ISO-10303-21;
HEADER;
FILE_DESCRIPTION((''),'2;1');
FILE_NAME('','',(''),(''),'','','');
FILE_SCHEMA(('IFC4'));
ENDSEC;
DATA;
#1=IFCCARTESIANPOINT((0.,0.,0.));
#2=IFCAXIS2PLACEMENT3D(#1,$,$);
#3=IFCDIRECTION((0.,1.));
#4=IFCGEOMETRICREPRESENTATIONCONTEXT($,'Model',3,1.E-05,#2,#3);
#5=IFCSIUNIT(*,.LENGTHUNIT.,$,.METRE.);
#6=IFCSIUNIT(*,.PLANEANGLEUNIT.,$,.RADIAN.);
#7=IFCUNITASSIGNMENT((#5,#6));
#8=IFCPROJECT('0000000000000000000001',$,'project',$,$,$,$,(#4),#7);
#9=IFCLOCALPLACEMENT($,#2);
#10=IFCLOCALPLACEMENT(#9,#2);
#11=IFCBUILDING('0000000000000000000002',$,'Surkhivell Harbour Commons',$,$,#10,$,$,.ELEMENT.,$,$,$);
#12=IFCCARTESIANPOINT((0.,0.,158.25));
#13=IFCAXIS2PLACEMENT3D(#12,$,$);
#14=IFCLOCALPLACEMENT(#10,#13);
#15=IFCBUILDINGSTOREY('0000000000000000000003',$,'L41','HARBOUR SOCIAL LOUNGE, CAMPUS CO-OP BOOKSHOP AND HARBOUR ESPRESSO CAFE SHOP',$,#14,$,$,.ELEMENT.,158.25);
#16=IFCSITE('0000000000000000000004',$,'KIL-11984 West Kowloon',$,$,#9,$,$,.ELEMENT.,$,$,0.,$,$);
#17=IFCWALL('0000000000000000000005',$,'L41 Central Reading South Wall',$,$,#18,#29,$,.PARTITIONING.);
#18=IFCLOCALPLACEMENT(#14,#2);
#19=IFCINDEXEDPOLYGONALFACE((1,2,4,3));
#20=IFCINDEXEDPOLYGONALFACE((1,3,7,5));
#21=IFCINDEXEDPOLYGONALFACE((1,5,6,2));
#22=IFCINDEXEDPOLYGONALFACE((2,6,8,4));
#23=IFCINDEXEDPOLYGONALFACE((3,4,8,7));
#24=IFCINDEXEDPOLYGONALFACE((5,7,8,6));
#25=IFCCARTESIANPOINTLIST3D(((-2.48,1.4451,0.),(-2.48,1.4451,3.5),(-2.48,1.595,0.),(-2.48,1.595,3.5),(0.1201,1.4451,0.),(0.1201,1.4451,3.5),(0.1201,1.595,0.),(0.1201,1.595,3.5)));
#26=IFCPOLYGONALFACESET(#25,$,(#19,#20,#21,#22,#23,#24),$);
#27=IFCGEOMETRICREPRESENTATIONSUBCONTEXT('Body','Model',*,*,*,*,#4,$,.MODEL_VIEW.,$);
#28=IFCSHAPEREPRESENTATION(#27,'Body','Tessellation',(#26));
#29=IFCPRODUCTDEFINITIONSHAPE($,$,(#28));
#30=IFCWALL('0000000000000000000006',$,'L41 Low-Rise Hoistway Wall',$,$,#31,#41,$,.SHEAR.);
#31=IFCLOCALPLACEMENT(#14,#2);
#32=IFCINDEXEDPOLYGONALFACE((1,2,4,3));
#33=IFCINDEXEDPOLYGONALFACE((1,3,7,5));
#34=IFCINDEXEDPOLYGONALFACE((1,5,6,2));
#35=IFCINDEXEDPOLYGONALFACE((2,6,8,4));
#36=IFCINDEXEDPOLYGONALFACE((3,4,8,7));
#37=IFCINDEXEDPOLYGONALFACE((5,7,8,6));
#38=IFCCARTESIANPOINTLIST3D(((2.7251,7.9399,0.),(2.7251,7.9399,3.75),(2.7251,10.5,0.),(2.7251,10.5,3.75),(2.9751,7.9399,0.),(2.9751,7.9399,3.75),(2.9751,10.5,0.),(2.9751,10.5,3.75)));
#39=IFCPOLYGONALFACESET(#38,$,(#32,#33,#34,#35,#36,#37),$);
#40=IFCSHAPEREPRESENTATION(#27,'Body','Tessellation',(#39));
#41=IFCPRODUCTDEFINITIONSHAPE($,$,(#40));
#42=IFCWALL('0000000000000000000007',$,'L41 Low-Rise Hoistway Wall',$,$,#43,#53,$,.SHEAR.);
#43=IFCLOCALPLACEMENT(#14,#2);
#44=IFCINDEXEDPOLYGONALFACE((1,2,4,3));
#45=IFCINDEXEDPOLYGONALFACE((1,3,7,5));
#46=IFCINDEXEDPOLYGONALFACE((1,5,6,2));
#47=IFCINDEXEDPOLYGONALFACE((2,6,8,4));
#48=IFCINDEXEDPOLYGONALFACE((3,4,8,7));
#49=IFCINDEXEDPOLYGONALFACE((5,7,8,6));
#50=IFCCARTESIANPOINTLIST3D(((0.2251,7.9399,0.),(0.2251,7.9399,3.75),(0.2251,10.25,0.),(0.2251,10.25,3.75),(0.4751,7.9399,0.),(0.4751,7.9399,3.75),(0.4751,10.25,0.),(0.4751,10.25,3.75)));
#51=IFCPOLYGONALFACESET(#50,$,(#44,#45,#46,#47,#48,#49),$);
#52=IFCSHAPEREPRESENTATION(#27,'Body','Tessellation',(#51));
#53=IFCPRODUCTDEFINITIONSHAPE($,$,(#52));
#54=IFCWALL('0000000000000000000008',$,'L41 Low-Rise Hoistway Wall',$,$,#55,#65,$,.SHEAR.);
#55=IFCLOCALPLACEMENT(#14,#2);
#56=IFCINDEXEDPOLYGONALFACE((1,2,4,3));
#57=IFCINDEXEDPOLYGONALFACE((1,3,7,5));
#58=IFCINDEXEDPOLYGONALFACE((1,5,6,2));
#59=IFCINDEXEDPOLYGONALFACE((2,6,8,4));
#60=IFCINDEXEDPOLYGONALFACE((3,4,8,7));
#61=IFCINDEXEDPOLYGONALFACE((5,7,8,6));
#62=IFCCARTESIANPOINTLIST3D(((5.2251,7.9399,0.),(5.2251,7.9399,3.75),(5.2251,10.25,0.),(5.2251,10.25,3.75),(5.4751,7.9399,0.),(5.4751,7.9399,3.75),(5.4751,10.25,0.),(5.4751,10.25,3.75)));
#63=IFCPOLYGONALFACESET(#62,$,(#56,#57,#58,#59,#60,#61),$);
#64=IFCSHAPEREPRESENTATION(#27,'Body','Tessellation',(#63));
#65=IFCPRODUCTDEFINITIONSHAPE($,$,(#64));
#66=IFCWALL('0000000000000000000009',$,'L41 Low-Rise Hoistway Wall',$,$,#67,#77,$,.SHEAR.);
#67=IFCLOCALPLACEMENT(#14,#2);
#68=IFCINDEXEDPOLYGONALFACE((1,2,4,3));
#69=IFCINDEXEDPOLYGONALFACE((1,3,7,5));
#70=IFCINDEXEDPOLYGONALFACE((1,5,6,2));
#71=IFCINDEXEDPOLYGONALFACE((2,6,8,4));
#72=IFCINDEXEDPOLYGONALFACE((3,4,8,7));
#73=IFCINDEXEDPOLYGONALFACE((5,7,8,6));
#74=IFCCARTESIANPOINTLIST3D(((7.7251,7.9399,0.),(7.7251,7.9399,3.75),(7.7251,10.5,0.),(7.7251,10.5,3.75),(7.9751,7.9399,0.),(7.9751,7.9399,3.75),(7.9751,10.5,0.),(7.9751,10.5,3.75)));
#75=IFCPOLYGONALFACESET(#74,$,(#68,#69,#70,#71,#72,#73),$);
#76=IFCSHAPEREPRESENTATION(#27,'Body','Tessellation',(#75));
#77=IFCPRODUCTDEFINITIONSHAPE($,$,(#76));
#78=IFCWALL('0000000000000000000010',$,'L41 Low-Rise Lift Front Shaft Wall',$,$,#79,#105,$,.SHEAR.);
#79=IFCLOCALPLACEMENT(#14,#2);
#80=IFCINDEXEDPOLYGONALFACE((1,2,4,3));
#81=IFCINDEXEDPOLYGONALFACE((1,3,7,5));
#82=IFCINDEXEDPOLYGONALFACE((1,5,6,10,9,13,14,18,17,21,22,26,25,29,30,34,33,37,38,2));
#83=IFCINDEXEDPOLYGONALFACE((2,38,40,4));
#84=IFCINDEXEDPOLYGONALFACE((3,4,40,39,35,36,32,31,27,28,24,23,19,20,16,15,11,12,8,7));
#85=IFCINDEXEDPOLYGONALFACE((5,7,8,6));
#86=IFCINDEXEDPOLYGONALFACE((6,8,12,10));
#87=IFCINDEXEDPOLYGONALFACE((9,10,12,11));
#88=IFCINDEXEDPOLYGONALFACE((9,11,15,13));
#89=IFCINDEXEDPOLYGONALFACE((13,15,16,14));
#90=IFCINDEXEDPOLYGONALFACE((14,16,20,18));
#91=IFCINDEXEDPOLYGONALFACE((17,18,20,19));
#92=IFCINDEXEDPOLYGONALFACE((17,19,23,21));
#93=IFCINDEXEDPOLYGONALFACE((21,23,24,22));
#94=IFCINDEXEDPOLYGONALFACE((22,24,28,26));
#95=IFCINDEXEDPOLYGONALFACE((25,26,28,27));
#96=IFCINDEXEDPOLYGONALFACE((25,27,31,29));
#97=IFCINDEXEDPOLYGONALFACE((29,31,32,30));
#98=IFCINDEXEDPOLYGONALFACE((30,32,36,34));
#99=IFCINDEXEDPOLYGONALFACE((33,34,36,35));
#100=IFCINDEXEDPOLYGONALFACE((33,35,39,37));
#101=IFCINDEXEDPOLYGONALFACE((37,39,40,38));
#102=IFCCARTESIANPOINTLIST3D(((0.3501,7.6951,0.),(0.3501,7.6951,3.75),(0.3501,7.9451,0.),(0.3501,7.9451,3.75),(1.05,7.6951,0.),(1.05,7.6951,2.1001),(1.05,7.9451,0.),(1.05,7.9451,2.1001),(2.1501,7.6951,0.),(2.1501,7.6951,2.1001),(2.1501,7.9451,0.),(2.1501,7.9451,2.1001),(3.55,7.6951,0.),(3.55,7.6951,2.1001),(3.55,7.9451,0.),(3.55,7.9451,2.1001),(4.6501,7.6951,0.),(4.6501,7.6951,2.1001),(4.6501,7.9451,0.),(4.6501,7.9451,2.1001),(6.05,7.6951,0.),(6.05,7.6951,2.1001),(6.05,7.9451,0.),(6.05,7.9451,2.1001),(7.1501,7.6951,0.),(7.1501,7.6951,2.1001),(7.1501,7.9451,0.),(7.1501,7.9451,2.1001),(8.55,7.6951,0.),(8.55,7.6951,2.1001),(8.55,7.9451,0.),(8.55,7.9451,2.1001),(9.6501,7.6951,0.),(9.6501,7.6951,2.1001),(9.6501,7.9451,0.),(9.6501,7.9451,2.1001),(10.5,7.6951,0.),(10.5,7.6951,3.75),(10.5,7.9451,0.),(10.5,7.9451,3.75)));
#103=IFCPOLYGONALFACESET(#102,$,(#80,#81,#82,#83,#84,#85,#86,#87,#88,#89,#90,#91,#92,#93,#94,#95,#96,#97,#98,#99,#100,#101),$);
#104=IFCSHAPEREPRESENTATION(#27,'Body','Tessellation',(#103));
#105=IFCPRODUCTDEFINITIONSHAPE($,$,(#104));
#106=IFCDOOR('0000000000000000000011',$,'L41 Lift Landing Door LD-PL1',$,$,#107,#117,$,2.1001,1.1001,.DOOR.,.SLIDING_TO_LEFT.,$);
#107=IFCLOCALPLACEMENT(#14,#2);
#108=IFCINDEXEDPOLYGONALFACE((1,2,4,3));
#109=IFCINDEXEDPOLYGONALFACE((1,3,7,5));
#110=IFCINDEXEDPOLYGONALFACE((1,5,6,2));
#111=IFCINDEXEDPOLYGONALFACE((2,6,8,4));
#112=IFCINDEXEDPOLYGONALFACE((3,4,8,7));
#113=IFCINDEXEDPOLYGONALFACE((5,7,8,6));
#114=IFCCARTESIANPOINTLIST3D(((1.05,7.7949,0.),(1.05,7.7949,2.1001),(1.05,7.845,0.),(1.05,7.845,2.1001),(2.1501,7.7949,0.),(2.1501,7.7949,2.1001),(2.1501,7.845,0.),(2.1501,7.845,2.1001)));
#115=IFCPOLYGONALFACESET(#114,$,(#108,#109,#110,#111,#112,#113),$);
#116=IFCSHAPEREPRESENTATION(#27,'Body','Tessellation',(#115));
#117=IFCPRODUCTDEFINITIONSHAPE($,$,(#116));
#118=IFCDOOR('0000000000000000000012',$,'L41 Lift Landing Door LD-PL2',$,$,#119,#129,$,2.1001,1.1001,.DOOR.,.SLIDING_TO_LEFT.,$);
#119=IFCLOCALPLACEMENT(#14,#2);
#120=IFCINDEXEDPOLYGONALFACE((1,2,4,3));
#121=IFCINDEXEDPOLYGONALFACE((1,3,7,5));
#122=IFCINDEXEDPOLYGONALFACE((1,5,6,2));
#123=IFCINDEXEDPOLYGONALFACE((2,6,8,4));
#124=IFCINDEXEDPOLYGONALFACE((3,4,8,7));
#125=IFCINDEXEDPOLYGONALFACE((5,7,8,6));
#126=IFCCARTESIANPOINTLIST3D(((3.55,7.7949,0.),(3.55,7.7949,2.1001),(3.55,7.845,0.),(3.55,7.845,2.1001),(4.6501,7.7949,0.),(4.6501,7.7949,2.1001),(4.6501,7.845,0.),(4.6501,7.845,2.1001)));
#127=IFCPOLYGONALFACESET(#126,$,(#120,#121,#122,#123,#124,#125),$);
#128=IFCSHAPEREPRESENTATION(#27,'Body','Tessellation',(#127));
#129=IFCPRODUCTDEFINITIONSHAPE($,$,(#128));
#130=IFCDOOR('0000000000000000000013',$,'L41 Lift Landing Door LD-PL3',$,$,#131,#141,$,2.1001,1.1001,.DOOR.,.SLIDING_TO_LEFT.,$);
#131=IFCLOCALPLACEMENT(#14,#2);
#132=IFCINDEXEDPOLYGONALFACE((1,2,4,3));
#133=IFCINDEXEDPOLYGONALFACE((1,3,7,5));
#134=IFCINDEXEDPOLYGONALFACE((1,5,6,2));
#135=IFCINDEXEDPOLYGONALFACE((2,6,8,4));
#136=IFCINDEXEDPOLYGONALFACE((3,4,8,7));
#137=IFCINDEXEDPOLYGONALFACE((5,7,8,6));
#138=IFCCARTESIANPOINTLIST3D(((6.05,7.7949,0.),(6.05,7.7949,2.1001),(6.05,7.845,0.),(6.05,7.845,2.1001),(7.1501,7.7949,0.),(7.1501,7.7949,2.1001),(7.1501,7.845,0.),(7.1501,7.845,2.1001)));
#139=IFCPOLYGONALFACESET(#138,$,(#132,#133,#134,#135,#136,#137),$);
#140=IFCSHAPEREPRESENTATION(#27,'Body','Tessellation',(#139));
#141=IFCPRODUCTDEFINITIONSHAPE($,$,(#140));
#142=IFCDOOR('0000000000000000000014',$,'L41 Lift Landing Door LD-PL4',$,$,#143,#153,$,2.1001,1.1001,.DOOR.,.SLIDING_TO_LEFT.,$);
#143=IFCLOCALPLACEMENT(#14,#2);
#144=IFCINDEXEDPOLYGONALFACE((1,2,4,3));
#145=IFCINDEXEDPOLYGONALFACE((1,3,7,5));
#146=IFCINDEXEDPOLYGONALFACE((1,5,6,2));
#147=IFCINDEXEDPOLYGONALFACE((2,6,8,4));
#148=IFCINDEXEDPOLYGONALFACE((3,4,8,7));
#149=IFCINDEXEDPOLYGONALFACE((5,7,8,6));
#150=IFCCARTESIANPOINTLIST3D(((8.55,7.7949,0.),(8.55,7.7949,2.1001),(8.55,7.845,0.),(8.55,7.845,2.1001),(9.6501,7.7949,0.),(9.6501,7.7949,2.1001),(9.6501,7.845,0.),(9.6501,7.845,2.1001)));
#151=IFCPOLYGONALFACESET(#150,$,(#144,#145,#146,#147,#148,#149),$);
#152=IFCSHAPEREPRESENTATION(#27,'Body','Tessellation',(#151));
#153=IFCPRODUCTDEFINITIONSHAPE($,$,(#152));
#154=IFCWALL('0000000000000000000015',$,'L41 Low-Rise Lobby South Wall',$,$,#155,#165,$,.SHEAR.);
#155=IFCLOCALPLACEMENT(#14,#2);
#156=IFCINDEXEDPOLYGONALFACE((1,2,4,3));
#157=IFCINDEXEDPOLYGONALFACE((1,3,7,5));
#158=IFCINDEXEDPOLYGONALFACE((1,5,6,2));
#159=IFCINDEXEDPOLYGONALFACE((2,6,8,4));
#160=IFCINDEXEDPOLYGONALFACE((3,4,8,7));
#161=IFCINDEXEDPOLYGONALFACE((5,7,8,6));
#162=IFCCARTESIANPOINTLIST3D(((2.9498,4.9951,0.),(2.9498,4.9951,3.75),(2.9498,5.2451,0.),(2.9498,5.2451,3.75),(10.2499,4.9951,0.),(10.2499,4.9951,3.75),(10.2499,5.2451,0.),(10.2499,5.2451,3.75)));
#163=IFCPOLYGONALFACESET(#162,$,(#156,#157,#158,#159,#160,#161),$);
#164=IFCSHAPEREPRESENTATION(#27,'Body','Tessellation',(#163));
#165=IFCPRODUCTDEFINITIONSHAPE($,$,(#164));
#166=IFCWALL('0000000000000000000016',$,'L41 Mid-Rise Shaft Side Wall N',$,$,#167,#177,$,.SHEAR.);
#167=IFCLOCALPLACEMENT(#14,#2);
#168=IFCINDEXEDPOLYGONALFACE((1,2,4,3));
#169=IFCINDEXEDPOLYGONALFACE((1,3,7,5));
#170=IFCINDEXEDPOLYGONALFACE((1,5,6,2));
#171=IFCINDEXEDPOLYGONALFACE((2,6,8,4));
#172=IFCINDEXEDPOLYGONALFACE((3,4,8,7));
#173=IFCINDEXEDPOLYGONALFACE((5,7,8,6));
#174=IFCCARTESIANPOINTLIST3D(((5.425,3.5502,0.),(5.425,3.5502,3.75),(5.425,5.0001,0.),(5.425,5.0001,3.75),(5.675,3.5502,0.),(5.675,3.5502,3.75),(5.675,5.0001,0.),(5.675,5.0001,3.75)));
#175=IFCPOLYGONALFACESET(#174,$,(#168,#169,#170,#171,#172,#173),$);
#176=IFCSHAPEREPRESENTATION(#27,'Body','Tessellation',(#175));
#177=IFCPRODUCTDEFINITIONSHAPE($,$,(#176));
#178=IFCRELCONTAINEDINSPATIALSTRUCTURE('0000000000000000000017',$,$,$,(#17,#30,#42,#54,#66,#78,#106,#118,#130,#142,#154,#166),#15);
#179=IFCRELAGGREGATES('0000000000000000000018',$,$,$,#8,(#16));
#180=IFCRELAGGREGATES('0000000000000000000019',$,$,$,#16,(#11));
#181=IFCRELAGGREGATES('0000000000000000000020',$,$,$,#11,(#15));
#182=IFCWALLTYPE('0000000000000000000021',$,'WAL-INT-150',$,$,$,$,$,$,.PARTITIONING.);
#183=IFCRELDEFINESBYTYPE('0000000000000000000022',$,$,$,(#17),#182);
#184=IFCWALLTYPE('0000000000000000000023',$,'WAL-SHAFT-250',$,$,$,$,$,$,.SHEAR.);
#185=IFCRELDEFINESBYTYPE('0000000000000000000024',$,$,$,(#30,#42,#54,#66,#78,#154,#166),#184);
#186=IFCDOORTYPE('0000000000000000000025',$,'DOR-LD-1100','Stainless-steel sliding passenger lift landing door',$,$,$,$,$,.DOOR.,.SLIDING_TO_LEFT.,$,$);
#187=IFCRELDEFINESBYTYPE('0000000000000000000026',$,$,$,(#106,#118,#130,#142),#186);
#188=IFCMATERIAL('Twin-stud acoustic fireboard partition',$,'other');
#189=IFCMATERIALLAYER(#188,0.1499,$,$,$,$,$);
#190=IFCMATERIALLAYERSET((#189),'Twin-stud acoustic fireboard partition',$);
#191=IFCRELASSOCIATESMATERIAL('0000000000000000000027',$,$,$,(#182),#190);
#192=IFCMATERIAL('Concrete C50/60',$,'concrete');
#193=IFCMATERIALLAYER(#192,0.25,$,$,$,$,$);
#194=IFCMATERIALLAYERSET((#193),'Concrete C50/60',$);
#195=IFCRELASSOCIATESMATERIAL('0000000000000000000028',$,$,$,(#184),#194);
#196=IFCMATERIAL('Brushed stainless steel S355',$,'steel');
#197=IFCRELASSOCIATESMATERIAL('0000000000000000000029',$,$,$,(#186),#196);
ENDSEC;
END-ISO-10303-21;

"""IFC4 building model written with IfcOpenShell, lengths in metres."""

from ifc_helpers import new_model, si_unit, direction, frame, frame_2d, origin, place, context, subcontext, project, spatial, rectangle, extrude, material, layer, layer_set, type_object, element, fill, save


model = new_model("IFC4")

# Units and contexts
model_context = context("Model", 3, precision=1e-05, world=origin(), true_north=direction((0.0, 1.0)))
body_context = subcontext(model_context, "Body", "Model", "MODEL_VIEW")
ifc_project = project(units=[si_unit("LENGTHUNIT", "METRE"), si_unit("PLANEANGLEUNIT", "RADIAN")], contexts=[model_context])

# Site, building, storey
site_placement = place(None, origin())
site = spatial("IfcSite", under=ifc_project, at=site_placement, Name="KIL-11984 West Kowloon", CompositionType="ELEMENT", RefElevation=0.0)
building_placement = place(site_placement, origin())
building = spatial("IfcBuilding", under=site, at=building_placement, Name="Surkhivell Harbour Commons", CompositionType="ELEMENT")
storey_placement = place(building_placement, frame((0.0, 0.0, 158.25)))
storey = spatial("IfcBuildingStorey", under=building, at=storey_placement, Name="L41", Description="HARBOUR SOCIAL LOUNGE, CAMPUS CO-OP BOOKSHOP AND HARBOUR ESPRESSO CAFE SHOP", CompositionType="ELEMENT", Elevation=158.25)

# Shared definitions
ifc_material_1 = material(Name="Twin-stud acoustic fireboard partition", Category="other")
ifc_layer_1 = layer(ifc_material_1, 0.1499)
ifc_layer_set_1 = layer_set([ifc_layer_1], Name="Twin-stud acoustic fireboard partition")
wall_type_1 = type_object("IfcWallType", Name="WAL-INT-150", PredefinedType="PARTITIONING", material=ifc_layer_set_1)

# Walls
for number, where, z_axis, x_axis, name in (
    (1, (-2.48, 1.52, 0.0), (0.0, 0.0, 1.0), (1.0, 0.0, 0.0), "L41 Central Reading South Wall"),
):
    element("IfcWall", number, at=place(storey_placement, frame(where, z_axis=z_axis, x_axis=x_axis)), inside=storey, type_object=wall_type_1, Name=name, PredefinedType="PARTITIONING", context=body_context, shape_type="SweptSolid", body=[
        extrude(rectangle(XDim=2.6001, YDim=0.1499, at=frame_2d((1.3, 0.0))), origin(), (0.0, 0.0, 1.0), 3.5),
    ])
ifc_material_2 = material(Name="Concrete C50/60", Category="concrete")
ifc_layer_2 = layer(ifc_material_2, 0.25)
ifc_layer_set_2 = layer_set([ifc_layer_2], Name="Concrete C50/60")
wall_type_2 = type_object("IfcWallType", Name="WAL-SHAFT-250", PredefinedType="SHEAR", material=ifc_layer_set_2)
wall_1_placement = place(storey_placement, frame((2.8501, 7.9399, 0.0), z_axis=(0.0, 0.0, 1.0), x_axis=(0.0, 1.0, 0.0)))
element("IfcWall", 2, at=wall_1_placement, inside=storey, type_object=wall_type_2, Name="L41 Low-Rise Hoistway Wall", PredefinedType="SHEAR", context=body_context, shape_type="SweptSolid", body=[
    extrude(rectangle(XDim=2.5601, YDim=0.25, at=frame_2d((1.28, 0.0))), origin(), (0.0, 0.0, 1.0), 3.75),
])
for number, where, z_axis, x_axis, name in (
    (3, (0.3501, 7.9399, 0.0), (0.0, 0.0, 1.0), (0.0, 1.0, 0.0), "L41 Low-Rise Hoistway Wall"),
    (4, (5.3501, 7.9399, 0.0), (0.0, 0.0, 1.0), (0.0, 1.0, 0.0), "L41 Low-Rise Hoistway Wall"),
):
    element("IfcWall", number, at=place(storey_placement, frame(where, z_axis=z_axis, x_axis=x_axis)), inside=storey, type_object=wall_type_2, Name=name, PredefinedType="SHEAR", context=body_context, shape_type="SweptSolid", body=[
        extrude(rectangle(XDim=2.3101, YDim=0.25, at=frame_2d((1.155, 0.0))), origin(), (0.0, 0.0, 1.0), 3.75),
    ])
wall_2_placement = place(storey_placement, frame((7.8501, 7.9399, 0.0), z_axis=(0.0, 0.0, 1.0), x_axis=(0.0, 1.0, 0.0)))
element("IfcWall", 5, at=wall_2_placement, inside=storey, type_object=wall_type_2, Name="L41 Low-Rise Hoistway Wall", PredefinedType="SHEAR", context=body_context, shape_type="SweptSolid", body=[
    extrude(rectangle(XDim=2.5601, YDim=0.25, at=frame_2d((1.28, 0.0))), origin(), (0.0, 0.0, 1.0), 3.75),
])

# Wall, openings, doors
wall_3_placement = place(storey_placement, frame((0.3501, 7.8201, 0.0), z_axis=(0.0, 0.0, 1.0), x_axis=(1.0, 0.0, 0.0)))
wall_3 = element("IfcWall", 6, at=wall_3_placement, inside=storey, type_object=wall_type_2, Name="L41 Low-Rise Lift Front Shaft Wall", PredefinedType="SHEAR", context=body_context, shape_type="SweptSolid", body=[
    extrude(rectangle(XDim=10.1499, YDim=0.25, at=frame_2d((5.075, 0.0))), origin(), (0.0, 0.0, 1.0), 3.75),
])
opening_1_placement = place(wall_3_placement, frame((0.7, 0.0, 0.0)))
opening_1 = element("IfcOpeningElement", 7, at=opening_1_placement, cuts=wall_3, PredefinedType="OPENING", context=body_context, shape_type="SweptSolid", body=[
    extrude(rectangle(XDim=1.1001, YDim=2.1001, at=frame_2d((0.55, 1.05))), frame((0.0, 0.135, 0.0), z_axis=(0.0, -1.0, 0.0), x_axis=(1.0, 0.0, 0.0)), (0.0, 0.0, 1.0), 0.27),
])
opening_2_placement = place(wall_3_placement, frame((3.2, 0.0, 0.0)))
opening_2 = element("IfcOpeningElement", 8, at=opening_2_placement, cuts=wall_3, PredefinedType="OPENING", context=body_context, shape_type="SweptSolid", body=[
    extrude(rectangle(XDim=1.1001, YDim=2.1001, at=frame_2d((0.55, 1.05))), frame((0.0, 0.135, 0.0), z_axis=(0.0, -1.0, 0.0), x_axis=(1.0, 0.0, 0.0)), (0.0, 0.0, 1.0), 0.27),
])
opening_3_placement = place(wall_3_placement, frame((5.7, 0.0, 0.0)))
opening_3 = element("IfcOpeningElement", 9, at=opening_3_placement, cuts=wall_3, PredefinedType="OPENING", context=body_context, shape_type="SweptSolid", body=[
    extrude(rectangle(XDim=1.1001, YDim=2.1001, at=frame_2d((0.55, 1.05))), frame((0.0, 0.135, 0.0), z_axis=(0.0, -1.0, 0.0), x_axis=(1.0, 0.0, 0.0)), (0.0, 0.0, 1.0), 0.27),
])
opening_4_placement = place(wall_3_placement, frame((8.2, 0.0, 0.0)))
opening_4 = element("IfcOpeningElement", 10, at=opening_4_placement, cuts=wall_3, PredefinedType="OPENING", context=body_context, shape_type="SweptSolid", body=[
    extrude(rectangle(XDim=1.1001, YDim=2.1001, at=frame_2d((0.55, 1.05))), frame((0.0, 0.135, 0.0), z_axis=(0.0, -1.0, 0.0), x_axis=(1.0, 0.0, 0.0)), (0.0, 0.0, 1.0), 0.27),
])
ifc_material_3 = material(Name="Brushed stainless steel S355", Category="steel")
door_type_1 = type_object("IfcDoorType", Name="DOR-LD-1100", Description="Stainless-steel sliding passenger lift landing door", OperationType="SLIDING_TO_LEFT", PredefinedType="DOOR", material=ifc_material_3)
door_1_placement = place(opening_1_placement, origin())
door_1 = element("IfcDoor", 11, at=door_1_placement, inside=storey, type_object=door_type_1, Name="L41 Lift Landing Door LD-PL1", OperationType="SLIDING_TO_LEFT", OverallHeight=2.1001, OverallWidth=1.1001, PredefinedType="DOOR", context=body_context, shape_type="SweptSolid", body=[
    extrude(rectangle(XDim=1.1001, YDim=2.1001, at=frame_2d((0.55, 1.05))), frame((0.0, 0.0249, 0.0), z_axis=(0.0, -1.0, 0.0), x_axis=(1.0, 0.0, 0.0)), (0.0, 0.0, 1.0), 0.05),
])
fill(opening_1, door_1)
door_2_placement = place(opening_2_placement, origin())
door_2 = element("IfcDoor", 12, at=door_2_placement, inside=storey, type_object=door_type_1, Name="L41 Lift Landing Door LD-PL2", OperationType="SLIDING_TO_LEFT", OverallHeight=2.1001, OverallWidth=1.1001, PredefinedType="DOOR", context=body_context, shape_type="SweptSolid", body=[
    extrude(rectangle(XDim=1.1001, YDim=2.1001, at=frame_2d((0.55, 1.05))), frame((0.0, 0.0249, 0.0), z_axis=(0.0, -1.0, 0.0), x_axis=(1.0, 0.0, 0.0)), (0.0, 0.0, 1.0), 0.05),
])
fill(opening_2, door_2)
door_3_placement = place(opening_3_placement, origin())
door_3 = element("IfcDoor", 13, at=door_3_placement, inside=storey, type_object=door_type_1, Name="L41 Lift Landing Door LD-PL3", OperationType="SLIDING_TO_LEFT", OverallHeight=2.1001, OverallWidth=1.1001, PredefinedType="DOOR", context=body_context, shape_type="SweptSolid", body=[
    extrude(rectangle(XDim=1.1001, YDim=2.1001, at=frame_2d((0.55, 1.05))), frame((0.0, 0.0249, 0.0), z_axis=(0.0, -1.0, 0.0), x_axis=(1.0, 0.0, 0.0)), (0.0, 0.0, 1.0), 0.05),
])
fill(opening_3, door_3)
door_4_placement = place(opening_4_placement, origin())
door_4 = element("IfcDoor", 14, at=door_4_placement, inside=storey, type_object=door_type_1, Name="L41 Lift Landing Door LD-PL4", OperationType="SLIDING_TO_LEFT", OverallHeight=2.1001, OverallWidth=1.1001, PredefinedType="DOOR", context=body_context, shape_type="SweptSolid", body=[
    extrude(rectangle(XDim=1.1001, YDim=2.1001, at=frame_2d((0.55, 1.05))), frame((0.0, 0.0249, 0.0), z_axis=(0.0, -1.0, 0.0), x_axis=(1.0, 0.0, 0.0)), (0.0, 0.0, 1.0), 0.05),
])
fill(opening_4, door_4)

# Walls
wall_4_placement = place(storey_placement, frame((2.95, 5.1201, 0.0), z_axis=(0.0, 0.0, 1.0), x_axis=(1.0, 0.0, 0.0)))
element("IfcWall", 15, at=wall_4_placement, inside=storey, type_object=wall_type_2, Name="L41 Low-Rise Lobby South Wall", PredefinedType="SHEAR", context=body_context, shape_type="SweptSolid", body=[
    extrude(rectangle(XDim=7.3, YDim=0.25, at=frame_2d((3.6499, 0.0))), origin(), (0.0, 0.0, 1.0), 3.75),
])
for number, where, z_axis, x_axis, name in (
    (16, (5.55, 3.55, 0.0), (0.0, 0.0, 1.0), (0.0, 1.0, 0.0), "L41 Mid-Rise Shaft Side Wall N"),
):
    element("IfcWall", number, at=place(storey_placement, frame(where, z_axis=z_axis, x_axis=x_axis)), inside=storey, type_object=wall_type_2, Name=name, PredefinedType="SHEAR", context=body_context, shape_type="SweptSolid", body=[
        extrude(rectangle(XDim=1.45, YDim=0.25, at=frame_2d((0.7251, 0.0))), origin(), (0.0, 0.0, 1.0), 3.75),
    ])

save(model, "model.ifc")
